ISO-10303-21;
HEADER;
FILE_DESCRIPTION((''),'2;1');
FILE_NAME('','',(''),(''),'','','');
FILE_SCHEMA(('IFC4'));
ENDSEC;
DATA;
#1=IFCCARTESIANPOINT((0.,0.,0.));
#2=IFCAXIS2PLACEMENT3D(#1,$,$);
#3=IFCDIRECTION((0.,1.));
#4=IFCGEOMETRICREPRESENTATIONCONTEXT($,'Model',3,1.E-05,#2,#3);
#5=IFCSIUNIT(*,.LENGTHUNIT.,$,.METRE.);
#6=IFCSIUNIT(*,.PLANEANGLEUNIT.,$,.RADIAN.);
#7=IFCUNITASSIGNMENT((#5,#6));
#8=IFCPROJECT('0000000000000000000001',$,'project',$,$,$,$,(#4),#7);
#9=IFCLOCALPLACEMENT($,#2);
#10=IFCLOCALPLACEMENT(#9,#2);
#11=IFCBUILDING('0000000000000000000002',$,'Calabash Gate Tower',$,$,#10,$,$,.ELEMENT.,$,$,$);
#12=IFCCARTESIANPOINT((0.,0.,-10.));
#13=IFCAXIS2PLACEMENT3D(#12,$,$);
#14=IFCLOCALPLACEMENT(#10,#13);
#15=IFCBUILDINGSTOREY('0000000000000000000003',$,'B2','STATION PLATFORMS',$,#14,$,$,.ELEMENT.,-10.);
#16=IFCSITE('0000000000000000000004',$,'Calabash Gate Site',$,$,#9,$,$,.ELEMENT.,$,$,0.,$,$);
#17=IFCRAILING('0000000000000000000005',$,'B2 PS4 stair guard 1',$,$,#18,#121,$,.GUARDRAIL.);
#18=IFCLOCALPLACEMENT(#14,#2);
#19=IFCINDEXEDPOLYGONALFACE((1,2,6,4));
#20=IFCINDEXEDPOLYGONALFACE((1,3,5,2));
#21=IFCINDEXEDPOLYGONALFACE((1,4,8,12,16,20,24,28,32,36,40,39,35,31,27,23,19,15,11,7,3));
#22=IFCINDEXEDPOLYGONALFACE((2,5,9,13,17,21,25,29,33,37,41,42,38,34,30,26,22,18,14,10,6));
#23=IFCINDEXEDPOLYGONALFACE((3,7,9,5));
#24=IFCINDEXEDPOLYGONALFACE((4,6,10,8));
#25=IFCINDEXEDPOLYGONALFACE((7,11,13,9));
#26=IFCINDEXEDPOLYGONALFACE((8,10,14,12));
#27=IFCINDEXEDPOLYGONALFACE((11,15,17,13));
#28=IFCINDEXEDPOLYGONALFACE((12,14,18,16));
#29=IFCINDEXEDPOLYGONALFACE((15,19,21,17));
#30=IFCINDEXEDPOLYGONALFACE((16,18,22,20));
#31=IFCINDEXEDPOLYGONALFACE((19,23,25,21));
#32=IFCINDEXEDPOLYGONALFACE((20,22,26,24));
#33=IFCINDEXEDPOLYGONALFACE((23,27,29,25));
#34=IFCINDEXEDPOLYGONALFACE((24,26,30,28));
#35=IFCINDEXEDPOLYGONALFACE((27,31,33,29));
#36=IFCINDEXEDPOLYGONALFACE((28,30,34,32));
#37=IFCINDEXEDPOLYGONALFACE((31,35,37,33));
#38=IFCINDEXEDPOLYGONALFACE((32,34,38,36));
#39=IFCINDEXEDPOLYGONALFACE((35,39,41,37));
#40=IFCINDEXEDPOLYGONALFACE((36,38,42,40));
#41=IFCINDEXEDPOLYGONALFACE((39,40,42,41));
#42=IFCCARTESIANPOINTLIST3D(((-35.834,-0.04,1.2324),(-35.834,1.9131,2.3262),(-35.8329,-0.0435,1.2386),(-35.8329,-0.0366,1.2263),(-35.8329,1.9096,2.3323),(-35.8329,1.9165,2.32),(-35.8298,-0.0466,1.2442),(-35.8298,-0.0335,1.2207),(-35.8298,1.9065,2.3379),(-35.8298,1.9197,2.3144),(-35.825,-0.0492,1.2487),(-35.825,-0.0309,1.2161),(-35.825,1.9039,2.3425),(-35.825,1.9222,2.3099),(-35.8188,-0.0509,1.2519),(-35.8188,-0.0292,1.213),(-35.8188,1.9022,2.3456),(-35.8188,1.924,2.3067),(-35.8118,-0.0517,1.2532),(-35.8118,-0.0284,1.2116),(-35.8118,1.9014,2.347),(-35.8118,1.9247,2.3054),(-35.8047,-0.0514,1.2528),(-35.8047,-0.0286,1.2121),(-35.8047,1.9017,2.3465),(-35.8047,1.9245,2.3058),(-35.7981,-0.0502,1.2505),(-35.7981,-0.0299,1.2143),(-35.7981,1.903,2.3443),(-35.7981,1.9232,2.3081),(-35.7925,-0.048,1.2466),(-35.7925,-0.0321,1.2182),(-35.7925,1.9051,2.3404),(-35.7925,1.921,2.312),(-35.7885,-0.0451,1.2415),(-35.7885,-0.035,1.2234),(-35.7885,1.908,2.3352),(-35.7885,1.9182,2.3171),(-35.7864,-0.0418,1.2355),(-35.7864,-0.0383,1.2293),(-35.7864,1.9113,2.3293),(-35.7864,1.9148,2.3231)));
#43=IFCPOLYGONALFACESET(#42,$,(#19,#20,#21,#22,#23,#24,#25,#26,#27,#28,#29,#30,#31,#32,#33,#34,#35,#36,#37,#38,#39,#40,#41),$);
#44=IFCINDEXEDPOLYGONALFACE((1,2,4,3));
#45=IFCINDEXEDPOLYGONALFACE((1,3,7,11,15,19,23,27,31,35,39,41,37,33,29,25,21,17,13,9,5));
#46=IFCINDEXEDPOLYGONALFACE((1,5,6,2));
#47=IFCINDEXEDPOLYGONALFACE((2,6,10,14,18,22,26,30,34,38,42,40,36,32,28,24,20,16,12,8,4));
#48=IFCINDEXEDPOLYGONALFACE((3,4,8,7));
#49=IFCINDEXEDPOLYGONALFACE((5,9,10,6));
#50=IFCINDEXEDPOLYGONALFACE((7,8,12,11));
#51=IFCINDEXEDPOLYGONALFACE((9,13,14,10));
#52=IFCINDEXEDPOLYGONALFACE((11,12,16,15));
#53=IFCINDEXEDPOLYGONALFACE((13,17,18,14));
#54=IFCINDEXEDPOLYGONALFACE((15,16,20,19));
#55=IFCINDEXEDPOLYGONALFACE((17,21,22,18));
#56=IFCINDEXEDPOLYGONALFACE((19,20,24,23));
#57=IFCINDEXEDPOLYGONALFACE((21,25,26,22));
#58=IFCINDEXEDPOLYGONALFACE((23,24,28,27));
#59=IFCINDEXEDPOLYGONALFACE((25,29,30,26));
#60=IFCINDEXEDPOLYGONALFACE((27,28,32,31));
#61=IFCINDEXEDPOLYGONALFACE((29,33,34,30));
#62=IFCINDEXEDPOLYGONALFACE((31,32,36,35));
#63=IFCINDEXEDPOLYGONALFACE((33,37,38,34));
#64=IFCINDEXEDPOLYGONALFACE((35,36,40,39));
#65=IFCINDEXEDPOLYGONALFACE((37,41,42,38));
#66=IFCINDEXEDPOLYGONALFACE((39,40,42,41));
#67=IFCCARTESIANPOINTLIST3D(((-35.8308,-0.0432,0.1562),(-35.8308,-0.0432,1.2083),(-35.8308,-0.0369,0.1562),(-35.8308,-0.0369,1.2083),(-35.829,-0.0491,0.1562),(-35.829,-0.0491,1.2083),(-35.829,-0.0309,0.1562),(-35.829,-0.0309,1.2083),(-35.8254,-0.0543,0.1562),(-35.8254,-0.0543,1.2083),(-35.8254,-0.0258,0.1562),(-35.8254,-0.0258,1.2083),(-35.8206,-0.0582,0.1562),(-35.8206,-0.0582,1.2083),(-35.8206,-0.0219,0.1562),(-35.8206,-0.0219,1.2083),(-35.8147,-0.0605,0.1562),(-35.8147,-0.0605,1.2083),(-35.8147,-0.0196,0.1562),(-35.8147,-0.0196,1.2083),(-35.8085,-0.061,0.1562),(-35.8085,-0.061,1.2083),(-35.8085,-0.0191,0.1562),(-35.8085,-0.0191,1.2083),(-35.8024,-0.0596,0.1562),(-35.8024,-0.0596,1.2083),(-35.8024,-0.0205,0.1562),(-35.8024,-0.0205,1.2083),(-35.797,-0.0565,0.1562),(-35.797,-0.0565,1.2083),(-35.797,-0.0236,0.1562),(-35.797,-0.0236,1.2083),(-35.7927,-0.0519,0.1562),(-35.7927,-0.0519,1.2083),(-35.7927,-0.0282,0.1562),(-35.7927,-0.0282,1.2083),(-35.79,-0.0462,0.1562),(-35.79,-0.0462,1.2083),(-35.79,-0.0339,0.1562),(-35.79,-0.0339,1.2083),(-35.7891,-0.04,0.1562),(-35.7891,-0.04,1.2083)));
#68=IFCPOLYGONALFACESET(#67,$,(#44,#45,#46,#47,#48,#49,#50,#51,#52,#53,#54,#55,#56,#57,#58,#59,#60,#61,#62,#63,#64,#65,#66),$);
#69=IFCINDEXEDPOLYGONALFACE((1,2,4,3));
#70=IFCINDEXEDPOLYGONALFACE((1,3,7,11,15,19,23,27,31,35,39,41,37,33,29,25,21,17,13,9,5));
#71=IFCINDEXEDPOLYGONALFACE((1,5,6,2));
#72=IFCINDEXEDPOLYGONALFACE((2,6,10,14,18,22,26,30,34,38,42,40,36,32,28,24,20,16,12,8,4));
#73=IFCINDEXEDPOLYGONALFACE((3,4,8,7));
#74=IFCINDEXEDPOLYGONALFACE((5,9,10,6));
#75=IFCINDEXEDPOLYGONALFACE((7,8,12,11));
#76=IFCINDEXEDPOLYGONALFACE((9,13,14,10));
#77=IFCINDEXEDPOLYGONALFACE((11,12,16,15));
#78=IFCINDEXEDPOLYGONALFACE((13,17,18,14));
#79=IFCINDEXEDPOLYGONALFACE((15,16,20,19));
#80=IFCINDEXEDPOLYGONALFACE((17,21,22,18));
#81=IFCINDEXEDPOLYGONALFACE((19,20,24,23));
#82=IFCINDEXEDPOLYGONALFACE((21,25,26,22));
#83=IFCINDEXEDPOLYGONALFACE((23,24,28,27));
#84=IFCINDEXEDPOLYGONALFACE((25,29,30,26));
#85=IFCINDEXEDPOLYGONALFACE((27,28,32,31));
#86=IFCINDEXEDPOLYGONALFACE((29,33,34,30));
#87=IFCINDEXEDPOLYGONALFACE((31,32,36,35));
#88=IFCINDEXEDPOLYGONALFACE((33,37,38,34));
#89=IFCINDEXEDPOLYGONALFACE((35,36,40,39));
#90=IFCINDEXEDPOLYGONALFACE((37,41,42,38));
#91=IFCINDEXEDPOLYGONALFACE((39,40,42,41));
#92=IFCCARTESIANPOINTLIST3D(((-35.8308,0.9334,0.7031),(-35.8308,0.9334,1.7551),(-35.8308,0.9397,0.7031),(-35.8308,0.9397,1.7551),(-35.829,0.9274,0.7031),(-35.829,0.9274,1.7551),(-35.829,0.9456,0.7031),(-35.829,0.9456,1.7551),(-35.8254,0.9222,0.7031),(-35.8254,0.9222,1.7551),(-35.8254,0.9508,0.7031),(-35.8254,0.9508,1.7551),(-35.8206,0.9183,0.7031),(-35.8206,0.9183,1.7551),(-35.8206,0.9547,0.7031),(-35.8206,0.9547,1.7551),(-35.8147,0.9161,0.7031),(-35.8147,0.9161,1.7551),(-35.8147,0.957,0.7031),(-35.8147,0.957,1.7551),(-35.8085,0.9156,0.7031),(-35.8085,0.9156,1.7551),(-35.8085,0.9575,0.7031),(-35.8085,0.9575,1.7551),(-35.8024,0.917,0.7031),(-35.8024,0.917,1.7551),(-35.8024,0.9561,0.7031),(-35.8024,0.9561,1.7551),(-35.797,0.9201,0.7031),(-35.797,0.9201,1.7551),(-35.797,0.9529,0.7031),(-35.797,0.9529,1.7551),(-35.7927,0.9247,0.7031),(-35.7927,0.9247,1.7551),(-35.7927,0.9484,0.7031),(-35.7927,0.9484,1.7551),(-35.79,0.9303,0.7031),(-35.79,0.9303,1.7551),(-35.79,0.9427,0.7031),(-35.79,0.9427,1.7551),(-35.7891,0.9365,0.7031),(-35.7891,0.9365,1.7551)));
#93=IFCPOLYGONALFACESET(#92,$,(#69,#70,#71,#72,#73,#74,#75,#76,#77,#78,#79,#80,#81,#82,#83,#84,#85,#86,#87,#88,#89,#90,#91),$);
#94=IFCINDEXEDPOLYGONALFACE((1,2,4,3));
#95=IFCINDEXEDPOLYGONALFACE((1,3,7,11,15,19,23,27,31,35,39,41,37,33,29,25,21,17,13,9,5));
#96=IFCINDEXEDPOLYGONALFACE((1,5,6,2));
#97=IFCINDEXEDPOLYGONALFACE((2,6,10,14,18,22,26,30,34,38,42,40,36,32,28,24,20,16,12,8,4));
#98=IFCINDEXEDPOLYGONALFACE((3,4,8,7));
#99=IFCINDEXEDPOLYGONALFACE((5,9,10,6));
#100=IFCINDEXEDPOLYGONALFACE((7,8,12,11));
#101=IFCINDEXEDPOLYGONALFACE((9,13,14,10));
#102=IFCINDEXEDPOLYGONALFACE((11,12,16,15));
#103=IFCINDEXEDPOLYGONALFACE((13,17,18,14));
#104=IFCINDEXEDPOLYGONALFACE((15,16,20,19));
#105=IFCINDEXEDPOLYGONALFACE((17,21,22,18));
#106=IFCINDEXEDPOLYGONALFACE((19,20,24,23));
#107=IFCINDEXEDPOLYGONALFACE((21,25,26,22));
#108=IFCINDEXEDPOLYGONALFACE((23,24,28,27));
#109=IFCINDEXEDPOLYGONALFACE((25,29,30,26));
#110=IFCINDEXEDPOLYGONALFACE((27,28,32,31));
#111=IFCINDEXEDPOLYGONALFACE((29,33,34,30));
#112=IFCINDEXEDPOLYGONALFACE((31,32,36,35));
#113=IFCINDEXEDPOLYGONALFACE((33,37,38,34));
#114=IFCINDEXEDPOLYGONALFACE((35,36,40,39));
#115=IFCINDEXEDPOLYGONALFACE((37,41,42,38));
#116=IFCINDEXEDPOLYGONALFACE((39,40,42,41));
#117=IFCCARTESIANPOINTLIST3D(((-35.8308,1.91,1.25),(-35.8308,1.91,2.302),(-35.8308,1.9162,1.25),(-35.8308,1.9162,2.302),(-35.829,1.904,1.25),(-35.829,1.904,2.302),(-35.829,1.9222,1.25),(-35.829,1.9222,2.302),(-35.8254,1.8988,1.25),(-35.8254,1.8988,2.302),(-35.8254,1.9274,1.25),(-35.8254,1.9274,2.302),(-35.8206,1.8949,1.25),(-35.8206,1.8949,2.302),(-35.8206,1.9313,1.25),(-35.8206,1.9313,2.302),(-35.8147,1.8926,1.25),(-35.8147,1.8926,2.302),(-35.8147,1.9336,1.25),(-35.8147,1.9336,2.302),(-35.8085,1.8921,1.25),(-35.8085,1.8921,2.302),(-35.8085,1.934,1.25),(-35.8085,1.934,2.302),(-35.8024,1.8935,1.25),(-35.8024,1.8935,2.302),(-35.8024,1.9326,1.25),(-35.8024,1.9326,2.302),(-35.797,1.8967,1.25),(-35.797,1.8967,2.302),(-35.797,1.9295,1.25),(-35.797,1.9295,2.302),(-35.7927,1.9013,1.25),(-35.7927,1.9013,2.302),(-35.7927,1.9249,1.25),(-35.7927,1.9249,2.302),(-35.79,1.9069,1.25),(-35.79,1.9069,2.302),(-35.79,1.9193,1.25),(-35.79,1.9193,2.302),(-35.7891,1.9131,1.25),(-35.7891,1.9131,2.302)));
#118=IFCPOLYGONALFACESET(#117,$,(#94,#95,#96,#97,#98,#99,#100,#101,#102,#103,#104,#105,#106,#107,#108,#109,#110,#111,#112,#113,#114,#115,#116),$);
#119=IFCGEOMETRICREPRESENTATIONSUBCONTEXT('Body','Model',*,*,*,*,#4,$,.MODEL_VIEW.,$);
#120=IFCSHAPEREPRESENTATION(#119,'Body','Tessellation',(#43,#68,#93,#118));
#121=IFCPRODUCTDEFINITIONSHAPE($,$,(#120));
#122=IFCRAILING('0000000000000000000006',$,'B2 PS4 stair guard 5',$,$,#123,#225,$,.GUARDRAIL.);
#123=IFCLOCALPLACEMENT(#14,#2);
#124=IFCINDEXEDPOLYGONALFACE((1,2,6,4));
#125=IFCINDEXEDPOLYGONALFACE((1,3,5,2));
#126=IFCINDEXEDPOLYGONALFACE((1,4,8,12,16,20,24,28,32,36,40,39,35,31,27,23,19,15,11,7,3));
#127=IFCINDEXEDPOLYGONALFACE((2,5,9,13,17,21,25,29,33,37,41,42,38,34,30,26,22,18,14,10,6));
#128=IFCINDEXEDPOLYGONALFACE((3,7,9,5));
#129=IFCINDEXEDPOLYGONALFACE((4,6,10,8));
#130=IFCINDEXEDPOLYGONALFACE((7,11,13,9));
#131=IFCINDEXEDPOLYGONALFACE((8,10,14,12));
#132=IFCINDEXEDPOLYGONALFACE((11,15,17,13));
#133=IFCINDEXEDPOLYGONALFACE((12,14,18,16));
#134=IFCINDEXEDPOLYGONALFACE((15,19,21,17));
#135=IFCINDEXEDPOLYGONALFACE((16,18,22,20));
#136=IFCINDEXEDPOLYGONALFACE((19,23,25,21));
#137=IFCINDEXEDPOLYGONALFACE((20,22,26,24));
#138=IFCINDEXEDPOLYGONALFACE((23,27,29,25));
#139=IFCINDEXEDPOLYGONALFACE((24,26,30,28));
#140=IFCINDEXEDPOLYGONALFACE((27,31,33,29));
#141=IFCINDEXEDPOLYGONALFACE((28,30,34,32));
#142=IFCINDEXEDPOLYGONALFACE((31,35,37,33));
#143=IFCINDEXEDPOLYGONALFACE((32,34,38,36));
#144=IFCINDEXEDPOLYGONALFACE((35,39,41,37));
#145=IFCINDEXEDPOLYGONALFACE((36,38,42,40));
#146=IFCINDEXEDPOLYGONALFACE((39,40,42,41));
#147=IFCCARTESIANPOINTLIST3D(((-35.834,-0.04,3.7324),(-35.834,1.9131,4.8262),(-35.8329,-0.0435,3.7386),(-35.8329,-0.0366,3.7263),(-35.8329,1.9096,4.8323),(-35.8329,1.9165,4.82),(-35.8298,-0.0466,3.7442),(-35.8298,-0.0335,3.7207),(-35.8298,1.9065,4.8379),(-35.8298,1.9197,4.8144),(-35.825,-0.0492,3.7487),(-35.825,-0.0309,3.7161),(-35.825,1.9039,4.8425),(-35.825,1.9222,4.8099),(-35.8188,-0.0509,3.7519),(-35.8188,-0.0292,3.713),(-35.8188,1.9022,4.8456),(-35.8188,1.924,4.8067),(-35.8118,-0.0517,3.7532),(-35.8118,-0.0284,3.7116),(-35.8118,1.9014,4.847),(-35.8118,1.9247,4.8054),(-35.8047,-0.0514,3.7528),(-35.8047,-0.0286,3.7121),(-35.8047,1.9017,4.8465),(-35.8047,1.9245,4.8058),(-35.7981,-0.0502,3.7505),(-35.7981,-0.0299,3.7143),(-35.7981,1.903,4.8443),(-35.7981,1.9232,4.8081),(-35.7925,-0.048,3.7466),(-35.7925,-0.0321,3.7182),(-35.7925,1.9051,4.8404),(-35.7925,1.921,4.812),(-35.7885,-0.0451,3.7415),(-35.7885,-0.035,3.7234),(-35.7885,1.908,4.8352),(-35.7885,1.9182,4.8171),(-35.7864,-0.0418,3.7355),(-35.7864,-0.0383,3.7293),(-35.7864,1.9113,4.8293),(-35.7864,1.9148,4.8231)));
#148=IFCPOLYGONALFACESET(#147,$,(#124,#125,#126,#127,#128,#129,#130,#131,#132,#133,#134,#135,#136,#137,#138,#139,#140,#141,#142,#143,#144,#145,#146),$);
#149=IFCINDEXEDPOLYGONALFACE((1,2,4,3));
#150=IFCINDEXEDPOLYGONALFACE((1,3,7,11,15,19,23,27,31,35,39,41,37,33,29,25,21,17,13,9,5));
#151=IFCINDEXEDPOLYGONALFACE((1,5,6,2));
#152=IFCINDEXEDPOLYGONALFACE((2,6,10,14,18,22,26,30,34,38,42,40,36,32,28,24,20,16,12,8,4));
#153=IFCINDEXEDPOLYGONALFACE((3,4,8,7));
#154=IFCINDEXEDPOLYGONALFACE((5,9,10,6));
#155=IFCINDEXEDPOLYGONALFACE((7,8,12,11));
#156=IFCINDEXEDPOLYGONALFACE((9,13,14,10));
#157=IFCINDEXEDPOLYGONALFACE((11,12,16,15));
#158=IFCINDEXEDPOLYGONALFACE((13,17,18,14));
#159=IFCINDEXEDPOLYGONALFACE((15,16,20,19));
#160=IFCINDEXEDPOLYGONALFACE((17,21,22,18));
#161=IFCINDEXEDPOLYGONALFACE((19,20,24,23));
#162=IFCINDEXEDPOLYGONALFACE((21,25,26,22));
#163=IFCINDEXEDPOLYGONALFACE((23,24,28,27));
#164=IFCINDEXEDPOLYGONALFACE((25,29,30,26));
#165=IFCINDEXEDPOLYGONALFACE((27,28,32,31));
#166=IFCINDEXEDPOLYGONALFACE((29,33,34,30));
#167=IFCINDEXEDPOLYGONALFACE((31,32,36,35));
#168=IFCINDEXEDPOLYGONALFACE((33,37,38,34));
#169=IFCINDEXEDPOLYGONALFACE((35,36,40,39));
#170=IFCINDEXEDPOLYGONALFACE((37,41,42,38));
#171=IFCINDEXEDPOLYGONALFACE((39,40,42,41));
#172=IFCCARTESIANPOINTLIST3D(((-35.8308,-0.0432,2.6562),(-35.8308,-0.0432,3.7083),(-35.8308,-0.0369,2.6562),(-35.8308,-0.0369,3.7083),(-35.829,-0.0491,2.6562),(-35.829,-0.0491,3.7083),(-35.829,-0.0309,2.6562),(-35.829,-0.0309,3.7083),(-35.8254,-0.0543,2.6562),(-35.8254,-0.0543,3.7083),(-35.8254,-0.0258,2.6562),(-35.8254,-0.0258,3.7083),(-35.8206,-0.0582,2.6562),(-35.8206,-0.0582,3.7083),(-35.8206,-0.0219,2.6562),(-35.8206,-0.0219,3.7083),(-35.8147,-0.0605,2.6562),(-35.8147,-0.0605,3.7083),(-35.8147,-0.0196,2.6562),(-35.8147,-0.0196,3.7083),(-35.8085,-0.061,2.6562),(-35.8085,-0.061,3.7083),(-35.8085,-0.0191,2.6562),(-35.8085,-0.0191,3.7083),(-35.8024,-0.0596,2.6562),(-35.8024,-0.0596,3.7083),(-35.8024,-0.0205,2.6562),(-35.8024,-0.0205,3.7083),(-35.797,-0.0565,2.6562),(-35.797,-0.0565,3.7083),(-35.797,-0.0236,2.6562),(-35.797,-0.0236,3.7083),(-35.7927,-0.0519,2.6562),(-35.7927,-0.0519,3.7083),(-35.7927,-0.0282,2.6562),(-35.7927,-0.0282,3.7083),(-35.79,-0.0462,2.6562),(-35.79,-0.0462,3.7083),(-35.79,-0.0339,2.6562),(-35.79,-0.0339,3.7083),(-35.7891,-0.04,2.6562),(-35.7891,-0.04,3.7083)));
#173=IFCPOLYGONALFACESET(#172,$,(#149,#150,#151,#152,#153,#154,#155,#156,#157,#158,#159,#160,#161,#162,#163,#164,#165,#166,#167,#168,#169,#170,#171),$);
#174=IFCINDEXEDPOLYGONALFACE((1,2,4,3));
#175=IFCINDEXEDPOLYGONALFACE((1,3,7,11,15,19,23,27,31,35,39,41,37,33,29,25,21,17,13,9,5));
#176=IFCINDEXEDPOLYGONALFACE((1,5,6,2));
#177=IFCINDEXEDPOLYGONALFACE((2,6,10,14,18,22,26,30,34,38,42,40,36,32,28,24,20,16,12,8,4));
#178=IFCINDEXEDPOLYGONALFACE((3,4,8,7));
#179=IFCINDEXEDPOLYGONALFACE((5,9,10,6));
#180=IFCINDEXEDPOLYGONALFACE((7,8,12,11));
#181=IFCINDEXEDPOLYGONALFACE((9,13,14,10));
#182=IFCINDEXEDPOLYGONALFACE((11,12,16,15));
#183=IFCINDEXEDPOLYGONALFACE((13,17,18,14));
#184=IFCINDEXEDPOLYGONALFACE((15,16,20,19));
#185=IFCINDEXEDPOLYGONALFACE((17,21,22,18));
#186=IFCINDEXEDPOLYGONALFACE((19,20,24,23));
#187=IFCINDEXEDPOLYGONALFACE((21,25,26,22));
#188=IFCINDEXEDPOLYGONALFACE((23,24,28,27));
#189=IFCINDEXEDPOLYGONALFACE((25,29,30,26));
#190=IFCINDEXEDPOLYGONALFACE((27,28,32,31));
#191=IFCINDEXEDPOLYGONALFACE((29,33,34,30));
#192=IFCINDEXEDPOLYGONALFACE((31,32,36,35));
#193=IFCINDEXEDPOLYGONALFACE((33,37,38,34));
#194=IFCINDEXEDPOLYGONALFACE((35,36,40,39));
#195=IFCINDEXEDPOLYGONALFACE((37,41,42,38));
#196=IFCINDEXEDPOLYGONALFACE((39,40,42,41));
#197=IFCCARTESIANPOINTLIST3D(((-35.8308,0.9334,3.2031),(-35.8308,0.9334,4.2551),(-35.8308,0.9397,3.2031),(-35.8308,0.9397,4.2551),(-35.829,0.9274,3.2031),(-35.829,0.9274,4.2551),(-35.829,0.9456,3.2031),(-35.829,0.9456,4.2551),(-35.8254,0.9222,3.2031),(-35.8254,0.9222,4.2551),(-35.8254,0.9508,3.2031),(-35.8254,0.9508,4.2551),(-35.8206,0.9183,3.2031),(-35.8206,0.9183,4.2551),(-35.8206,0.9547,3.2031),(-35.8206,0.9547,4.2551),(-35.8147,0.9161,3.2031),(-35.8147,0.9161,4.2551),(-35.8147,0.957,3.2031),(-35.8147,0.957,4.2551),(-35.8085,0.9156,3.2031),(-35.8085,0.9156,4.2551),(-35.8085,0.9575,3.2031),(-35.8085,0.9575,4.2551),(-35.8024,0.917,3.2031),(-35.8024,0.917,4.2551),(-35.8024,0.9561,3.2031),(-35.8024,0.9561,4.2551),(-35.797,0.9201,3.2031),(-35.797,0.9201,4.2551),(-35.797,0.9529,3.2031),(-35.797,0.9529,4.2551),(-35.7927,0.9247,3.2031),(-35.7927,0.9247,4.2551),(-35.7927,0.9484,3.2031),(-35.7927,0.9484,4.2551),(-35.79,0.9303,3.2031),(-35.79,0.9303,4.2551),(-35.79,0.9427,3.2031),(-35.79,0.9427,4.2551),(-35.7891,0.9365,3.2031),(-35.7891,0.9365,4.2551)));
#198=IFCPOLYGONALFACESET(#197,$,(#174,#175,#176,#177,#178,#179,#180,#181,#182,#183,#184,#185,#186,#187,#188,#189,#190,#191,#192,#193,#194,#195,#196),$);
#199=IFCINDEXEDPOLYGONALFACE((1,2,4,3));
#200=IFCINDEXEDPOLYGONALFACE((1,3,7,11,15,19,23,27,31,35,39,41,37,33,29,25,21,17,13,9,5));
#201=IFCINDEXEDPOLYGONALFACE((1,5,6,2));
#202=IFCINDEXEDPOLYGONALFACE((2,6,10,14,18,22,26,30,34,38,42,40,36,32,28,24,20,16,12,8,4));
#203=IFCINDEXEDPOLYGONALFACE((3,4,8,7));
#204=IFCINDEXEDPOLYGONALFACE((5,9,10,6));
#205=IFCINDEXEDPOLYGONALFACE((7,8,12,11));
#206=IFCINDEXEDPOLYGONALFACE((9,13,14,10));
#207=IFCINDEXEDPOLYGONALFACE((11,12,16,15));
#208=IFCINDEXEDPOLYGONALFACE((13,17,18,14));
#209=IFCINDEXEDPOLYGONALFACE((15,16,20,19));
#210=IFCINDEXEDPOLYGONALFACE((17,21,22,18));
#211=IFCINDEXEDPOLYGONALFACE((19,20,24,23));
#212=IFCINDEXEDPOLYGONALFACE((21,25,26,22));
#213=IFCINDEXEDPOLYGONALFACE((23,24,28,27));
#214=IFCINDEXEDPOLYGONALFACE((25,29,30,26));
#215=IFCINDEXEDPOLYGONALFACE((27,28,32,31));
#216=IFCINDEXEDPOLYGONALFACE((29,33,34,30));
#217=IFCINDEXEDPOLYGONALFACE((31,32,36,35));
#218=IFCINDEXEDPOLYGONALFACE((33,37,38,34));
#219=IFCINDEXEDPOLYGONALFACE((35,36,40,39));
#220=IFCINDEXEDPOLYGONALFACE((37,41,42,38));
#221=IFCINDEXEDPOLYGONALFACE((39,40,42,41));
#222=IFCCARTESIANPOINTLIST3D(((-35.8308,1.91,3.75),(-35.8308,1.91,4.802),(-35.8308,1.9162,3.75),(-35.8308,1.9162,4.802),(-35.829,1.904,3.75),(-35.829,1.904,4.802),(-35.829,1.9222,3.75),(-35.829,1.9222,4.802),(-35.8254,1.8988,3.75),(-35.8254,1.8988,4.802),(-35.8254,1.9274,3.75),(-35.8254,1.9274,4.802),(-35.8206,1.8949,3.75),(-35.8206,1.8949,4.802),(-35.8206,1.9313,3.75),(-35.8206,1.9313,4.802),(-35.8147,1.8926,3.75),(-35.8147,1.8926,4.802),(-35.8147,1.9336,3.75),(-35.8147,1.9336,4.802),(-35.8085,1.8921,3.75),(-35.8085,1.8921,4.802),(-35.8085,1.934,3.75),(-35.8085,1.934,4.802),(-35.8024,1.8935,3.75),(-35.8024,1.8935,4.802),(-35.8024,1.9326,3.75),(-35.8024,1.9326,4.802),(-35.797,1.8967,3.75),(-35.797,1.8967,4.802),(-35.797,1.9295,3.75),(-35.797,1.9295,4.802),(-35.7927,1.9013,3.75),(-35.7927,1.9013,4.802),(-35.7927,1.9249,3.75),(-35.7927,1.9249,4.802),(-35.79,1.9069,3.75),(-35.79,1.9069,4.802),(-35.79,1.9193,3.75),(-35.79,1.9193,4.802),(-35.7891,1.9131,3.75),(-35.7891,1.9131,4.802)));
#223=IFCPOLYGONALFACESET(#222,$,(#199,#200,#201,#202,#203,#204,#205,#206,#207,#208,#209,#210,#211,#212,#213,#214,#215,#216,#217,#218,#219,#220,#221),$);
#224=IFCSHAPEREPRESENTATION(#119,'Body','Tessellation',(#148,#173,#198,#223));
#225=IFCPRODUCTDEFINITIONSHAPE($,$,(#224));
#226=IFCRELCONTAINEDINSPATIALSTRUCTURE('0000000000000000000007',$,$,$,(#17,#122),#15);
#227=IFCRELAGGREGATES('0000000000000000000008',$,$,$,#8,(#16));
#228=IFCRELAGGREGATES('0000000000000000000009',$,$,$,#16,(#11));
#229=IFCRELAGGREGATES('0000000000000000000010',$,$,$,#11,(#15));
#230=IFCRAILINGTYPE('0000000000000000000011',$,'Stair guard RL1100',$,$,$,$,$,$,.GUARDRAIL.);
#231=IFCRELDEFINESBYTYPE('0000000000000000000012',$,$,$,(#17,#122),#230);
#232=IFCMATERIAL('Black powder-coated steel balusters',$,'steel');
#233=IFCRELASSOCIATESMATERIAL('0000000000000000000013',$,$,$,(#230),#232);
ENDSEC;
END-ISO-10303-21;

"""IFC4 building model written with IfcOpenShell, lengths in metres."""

from ifc_helpers import new_model, si_unit, direction, frame, origin, origin_2d, place, context, subcontext, project, spatial, circle, extrude, material, type_object, element, save


model = new_model("IFC4")

# Units and contexts
model_context = context("Model", 3, precision=1e-05, world=origin(), true_north=direction((0.0, 1.0)))
body_context = subcontext(model_context, "Body", "Model", "MODEL_VIEW")
ifc_project = project(units=[si_unit("LENGTHUNIT", "METRE"), si_unit("PLANEANGLEUNIT", "RADIAN")], contexts=[model_context])

# Site, building, storey
site_placement = place(None, origin())
site = spatial("IfcSite", under=ifc_project, at=site_placement, Name="Calabash Gate Site", CompositionType="ELEMENT", RefElevation=0.0)
building_placement = place(site_placement, origin())
building = spatial("IfcBuilding", under=site, at=building_placement, Name="Calabash Gate Tower", CompositionType="ELEMENT")
storey_placement = place(building_placement, frame((0.0, 0.0, -10.0)))
storey = spatial("IfcBuildingStorey", under=building, at=storey_placement, Name="B2", Description="STATION PLATFORMS", CompositionType="ELEMENT", Elevation=-10.0)

# Railings
ifc_material_1 = material(Name="Black powder-coated steel balusters", Category="steel")
railing_type_1 = type_object("IfcRailingType", Name="Stair guard RL1100", PredefinedType="GUARDRAIL", material=ifc_material_1)
for number, where, name in (
    (1, (-35.8101, -0.04, 0.1562), "B2 PS4 stair guard 1"),
    (2, (-35.8101, -0.04, 2.6562), "B2 PS4 stair guard 5"),
):
    element("IfcRailing", number, at=place(storey_placement, frame(where)), inside=storey, type_object=railing_type_1, Name=name, PredefinedType="GUARDRAIL", context=body_context, shape_type="SweptSolid", body=[
        extrude(circle(Radius=0.0239, at=origin_2d()), frame((0.0, 0.0, 1.0762), z_axis=(0.0, 0.872506, 0.488603), x_axis=(-1.0, 0.0, 0.0)), (0.0, 0.0, 1.0), 2.2385),
        extrude(circle(Radius=0.021, at=origin_2d()), origin(), (0.0, 0.0, 1.0), 1.052),
        extrude(circle(Radius=0.021, at=origin_2d()), frame((0.0, 0.9766, 0.5469)), (0.0, 0.0, 1.0), 1.052),
        extrude(circle(Radius=0.021, at=origin_2d()), frame((0.0, 1.9531, 1.0938)), (0.0, 0.0, 1.0), 1.052),
    ])

save(model, "model.ifc")
